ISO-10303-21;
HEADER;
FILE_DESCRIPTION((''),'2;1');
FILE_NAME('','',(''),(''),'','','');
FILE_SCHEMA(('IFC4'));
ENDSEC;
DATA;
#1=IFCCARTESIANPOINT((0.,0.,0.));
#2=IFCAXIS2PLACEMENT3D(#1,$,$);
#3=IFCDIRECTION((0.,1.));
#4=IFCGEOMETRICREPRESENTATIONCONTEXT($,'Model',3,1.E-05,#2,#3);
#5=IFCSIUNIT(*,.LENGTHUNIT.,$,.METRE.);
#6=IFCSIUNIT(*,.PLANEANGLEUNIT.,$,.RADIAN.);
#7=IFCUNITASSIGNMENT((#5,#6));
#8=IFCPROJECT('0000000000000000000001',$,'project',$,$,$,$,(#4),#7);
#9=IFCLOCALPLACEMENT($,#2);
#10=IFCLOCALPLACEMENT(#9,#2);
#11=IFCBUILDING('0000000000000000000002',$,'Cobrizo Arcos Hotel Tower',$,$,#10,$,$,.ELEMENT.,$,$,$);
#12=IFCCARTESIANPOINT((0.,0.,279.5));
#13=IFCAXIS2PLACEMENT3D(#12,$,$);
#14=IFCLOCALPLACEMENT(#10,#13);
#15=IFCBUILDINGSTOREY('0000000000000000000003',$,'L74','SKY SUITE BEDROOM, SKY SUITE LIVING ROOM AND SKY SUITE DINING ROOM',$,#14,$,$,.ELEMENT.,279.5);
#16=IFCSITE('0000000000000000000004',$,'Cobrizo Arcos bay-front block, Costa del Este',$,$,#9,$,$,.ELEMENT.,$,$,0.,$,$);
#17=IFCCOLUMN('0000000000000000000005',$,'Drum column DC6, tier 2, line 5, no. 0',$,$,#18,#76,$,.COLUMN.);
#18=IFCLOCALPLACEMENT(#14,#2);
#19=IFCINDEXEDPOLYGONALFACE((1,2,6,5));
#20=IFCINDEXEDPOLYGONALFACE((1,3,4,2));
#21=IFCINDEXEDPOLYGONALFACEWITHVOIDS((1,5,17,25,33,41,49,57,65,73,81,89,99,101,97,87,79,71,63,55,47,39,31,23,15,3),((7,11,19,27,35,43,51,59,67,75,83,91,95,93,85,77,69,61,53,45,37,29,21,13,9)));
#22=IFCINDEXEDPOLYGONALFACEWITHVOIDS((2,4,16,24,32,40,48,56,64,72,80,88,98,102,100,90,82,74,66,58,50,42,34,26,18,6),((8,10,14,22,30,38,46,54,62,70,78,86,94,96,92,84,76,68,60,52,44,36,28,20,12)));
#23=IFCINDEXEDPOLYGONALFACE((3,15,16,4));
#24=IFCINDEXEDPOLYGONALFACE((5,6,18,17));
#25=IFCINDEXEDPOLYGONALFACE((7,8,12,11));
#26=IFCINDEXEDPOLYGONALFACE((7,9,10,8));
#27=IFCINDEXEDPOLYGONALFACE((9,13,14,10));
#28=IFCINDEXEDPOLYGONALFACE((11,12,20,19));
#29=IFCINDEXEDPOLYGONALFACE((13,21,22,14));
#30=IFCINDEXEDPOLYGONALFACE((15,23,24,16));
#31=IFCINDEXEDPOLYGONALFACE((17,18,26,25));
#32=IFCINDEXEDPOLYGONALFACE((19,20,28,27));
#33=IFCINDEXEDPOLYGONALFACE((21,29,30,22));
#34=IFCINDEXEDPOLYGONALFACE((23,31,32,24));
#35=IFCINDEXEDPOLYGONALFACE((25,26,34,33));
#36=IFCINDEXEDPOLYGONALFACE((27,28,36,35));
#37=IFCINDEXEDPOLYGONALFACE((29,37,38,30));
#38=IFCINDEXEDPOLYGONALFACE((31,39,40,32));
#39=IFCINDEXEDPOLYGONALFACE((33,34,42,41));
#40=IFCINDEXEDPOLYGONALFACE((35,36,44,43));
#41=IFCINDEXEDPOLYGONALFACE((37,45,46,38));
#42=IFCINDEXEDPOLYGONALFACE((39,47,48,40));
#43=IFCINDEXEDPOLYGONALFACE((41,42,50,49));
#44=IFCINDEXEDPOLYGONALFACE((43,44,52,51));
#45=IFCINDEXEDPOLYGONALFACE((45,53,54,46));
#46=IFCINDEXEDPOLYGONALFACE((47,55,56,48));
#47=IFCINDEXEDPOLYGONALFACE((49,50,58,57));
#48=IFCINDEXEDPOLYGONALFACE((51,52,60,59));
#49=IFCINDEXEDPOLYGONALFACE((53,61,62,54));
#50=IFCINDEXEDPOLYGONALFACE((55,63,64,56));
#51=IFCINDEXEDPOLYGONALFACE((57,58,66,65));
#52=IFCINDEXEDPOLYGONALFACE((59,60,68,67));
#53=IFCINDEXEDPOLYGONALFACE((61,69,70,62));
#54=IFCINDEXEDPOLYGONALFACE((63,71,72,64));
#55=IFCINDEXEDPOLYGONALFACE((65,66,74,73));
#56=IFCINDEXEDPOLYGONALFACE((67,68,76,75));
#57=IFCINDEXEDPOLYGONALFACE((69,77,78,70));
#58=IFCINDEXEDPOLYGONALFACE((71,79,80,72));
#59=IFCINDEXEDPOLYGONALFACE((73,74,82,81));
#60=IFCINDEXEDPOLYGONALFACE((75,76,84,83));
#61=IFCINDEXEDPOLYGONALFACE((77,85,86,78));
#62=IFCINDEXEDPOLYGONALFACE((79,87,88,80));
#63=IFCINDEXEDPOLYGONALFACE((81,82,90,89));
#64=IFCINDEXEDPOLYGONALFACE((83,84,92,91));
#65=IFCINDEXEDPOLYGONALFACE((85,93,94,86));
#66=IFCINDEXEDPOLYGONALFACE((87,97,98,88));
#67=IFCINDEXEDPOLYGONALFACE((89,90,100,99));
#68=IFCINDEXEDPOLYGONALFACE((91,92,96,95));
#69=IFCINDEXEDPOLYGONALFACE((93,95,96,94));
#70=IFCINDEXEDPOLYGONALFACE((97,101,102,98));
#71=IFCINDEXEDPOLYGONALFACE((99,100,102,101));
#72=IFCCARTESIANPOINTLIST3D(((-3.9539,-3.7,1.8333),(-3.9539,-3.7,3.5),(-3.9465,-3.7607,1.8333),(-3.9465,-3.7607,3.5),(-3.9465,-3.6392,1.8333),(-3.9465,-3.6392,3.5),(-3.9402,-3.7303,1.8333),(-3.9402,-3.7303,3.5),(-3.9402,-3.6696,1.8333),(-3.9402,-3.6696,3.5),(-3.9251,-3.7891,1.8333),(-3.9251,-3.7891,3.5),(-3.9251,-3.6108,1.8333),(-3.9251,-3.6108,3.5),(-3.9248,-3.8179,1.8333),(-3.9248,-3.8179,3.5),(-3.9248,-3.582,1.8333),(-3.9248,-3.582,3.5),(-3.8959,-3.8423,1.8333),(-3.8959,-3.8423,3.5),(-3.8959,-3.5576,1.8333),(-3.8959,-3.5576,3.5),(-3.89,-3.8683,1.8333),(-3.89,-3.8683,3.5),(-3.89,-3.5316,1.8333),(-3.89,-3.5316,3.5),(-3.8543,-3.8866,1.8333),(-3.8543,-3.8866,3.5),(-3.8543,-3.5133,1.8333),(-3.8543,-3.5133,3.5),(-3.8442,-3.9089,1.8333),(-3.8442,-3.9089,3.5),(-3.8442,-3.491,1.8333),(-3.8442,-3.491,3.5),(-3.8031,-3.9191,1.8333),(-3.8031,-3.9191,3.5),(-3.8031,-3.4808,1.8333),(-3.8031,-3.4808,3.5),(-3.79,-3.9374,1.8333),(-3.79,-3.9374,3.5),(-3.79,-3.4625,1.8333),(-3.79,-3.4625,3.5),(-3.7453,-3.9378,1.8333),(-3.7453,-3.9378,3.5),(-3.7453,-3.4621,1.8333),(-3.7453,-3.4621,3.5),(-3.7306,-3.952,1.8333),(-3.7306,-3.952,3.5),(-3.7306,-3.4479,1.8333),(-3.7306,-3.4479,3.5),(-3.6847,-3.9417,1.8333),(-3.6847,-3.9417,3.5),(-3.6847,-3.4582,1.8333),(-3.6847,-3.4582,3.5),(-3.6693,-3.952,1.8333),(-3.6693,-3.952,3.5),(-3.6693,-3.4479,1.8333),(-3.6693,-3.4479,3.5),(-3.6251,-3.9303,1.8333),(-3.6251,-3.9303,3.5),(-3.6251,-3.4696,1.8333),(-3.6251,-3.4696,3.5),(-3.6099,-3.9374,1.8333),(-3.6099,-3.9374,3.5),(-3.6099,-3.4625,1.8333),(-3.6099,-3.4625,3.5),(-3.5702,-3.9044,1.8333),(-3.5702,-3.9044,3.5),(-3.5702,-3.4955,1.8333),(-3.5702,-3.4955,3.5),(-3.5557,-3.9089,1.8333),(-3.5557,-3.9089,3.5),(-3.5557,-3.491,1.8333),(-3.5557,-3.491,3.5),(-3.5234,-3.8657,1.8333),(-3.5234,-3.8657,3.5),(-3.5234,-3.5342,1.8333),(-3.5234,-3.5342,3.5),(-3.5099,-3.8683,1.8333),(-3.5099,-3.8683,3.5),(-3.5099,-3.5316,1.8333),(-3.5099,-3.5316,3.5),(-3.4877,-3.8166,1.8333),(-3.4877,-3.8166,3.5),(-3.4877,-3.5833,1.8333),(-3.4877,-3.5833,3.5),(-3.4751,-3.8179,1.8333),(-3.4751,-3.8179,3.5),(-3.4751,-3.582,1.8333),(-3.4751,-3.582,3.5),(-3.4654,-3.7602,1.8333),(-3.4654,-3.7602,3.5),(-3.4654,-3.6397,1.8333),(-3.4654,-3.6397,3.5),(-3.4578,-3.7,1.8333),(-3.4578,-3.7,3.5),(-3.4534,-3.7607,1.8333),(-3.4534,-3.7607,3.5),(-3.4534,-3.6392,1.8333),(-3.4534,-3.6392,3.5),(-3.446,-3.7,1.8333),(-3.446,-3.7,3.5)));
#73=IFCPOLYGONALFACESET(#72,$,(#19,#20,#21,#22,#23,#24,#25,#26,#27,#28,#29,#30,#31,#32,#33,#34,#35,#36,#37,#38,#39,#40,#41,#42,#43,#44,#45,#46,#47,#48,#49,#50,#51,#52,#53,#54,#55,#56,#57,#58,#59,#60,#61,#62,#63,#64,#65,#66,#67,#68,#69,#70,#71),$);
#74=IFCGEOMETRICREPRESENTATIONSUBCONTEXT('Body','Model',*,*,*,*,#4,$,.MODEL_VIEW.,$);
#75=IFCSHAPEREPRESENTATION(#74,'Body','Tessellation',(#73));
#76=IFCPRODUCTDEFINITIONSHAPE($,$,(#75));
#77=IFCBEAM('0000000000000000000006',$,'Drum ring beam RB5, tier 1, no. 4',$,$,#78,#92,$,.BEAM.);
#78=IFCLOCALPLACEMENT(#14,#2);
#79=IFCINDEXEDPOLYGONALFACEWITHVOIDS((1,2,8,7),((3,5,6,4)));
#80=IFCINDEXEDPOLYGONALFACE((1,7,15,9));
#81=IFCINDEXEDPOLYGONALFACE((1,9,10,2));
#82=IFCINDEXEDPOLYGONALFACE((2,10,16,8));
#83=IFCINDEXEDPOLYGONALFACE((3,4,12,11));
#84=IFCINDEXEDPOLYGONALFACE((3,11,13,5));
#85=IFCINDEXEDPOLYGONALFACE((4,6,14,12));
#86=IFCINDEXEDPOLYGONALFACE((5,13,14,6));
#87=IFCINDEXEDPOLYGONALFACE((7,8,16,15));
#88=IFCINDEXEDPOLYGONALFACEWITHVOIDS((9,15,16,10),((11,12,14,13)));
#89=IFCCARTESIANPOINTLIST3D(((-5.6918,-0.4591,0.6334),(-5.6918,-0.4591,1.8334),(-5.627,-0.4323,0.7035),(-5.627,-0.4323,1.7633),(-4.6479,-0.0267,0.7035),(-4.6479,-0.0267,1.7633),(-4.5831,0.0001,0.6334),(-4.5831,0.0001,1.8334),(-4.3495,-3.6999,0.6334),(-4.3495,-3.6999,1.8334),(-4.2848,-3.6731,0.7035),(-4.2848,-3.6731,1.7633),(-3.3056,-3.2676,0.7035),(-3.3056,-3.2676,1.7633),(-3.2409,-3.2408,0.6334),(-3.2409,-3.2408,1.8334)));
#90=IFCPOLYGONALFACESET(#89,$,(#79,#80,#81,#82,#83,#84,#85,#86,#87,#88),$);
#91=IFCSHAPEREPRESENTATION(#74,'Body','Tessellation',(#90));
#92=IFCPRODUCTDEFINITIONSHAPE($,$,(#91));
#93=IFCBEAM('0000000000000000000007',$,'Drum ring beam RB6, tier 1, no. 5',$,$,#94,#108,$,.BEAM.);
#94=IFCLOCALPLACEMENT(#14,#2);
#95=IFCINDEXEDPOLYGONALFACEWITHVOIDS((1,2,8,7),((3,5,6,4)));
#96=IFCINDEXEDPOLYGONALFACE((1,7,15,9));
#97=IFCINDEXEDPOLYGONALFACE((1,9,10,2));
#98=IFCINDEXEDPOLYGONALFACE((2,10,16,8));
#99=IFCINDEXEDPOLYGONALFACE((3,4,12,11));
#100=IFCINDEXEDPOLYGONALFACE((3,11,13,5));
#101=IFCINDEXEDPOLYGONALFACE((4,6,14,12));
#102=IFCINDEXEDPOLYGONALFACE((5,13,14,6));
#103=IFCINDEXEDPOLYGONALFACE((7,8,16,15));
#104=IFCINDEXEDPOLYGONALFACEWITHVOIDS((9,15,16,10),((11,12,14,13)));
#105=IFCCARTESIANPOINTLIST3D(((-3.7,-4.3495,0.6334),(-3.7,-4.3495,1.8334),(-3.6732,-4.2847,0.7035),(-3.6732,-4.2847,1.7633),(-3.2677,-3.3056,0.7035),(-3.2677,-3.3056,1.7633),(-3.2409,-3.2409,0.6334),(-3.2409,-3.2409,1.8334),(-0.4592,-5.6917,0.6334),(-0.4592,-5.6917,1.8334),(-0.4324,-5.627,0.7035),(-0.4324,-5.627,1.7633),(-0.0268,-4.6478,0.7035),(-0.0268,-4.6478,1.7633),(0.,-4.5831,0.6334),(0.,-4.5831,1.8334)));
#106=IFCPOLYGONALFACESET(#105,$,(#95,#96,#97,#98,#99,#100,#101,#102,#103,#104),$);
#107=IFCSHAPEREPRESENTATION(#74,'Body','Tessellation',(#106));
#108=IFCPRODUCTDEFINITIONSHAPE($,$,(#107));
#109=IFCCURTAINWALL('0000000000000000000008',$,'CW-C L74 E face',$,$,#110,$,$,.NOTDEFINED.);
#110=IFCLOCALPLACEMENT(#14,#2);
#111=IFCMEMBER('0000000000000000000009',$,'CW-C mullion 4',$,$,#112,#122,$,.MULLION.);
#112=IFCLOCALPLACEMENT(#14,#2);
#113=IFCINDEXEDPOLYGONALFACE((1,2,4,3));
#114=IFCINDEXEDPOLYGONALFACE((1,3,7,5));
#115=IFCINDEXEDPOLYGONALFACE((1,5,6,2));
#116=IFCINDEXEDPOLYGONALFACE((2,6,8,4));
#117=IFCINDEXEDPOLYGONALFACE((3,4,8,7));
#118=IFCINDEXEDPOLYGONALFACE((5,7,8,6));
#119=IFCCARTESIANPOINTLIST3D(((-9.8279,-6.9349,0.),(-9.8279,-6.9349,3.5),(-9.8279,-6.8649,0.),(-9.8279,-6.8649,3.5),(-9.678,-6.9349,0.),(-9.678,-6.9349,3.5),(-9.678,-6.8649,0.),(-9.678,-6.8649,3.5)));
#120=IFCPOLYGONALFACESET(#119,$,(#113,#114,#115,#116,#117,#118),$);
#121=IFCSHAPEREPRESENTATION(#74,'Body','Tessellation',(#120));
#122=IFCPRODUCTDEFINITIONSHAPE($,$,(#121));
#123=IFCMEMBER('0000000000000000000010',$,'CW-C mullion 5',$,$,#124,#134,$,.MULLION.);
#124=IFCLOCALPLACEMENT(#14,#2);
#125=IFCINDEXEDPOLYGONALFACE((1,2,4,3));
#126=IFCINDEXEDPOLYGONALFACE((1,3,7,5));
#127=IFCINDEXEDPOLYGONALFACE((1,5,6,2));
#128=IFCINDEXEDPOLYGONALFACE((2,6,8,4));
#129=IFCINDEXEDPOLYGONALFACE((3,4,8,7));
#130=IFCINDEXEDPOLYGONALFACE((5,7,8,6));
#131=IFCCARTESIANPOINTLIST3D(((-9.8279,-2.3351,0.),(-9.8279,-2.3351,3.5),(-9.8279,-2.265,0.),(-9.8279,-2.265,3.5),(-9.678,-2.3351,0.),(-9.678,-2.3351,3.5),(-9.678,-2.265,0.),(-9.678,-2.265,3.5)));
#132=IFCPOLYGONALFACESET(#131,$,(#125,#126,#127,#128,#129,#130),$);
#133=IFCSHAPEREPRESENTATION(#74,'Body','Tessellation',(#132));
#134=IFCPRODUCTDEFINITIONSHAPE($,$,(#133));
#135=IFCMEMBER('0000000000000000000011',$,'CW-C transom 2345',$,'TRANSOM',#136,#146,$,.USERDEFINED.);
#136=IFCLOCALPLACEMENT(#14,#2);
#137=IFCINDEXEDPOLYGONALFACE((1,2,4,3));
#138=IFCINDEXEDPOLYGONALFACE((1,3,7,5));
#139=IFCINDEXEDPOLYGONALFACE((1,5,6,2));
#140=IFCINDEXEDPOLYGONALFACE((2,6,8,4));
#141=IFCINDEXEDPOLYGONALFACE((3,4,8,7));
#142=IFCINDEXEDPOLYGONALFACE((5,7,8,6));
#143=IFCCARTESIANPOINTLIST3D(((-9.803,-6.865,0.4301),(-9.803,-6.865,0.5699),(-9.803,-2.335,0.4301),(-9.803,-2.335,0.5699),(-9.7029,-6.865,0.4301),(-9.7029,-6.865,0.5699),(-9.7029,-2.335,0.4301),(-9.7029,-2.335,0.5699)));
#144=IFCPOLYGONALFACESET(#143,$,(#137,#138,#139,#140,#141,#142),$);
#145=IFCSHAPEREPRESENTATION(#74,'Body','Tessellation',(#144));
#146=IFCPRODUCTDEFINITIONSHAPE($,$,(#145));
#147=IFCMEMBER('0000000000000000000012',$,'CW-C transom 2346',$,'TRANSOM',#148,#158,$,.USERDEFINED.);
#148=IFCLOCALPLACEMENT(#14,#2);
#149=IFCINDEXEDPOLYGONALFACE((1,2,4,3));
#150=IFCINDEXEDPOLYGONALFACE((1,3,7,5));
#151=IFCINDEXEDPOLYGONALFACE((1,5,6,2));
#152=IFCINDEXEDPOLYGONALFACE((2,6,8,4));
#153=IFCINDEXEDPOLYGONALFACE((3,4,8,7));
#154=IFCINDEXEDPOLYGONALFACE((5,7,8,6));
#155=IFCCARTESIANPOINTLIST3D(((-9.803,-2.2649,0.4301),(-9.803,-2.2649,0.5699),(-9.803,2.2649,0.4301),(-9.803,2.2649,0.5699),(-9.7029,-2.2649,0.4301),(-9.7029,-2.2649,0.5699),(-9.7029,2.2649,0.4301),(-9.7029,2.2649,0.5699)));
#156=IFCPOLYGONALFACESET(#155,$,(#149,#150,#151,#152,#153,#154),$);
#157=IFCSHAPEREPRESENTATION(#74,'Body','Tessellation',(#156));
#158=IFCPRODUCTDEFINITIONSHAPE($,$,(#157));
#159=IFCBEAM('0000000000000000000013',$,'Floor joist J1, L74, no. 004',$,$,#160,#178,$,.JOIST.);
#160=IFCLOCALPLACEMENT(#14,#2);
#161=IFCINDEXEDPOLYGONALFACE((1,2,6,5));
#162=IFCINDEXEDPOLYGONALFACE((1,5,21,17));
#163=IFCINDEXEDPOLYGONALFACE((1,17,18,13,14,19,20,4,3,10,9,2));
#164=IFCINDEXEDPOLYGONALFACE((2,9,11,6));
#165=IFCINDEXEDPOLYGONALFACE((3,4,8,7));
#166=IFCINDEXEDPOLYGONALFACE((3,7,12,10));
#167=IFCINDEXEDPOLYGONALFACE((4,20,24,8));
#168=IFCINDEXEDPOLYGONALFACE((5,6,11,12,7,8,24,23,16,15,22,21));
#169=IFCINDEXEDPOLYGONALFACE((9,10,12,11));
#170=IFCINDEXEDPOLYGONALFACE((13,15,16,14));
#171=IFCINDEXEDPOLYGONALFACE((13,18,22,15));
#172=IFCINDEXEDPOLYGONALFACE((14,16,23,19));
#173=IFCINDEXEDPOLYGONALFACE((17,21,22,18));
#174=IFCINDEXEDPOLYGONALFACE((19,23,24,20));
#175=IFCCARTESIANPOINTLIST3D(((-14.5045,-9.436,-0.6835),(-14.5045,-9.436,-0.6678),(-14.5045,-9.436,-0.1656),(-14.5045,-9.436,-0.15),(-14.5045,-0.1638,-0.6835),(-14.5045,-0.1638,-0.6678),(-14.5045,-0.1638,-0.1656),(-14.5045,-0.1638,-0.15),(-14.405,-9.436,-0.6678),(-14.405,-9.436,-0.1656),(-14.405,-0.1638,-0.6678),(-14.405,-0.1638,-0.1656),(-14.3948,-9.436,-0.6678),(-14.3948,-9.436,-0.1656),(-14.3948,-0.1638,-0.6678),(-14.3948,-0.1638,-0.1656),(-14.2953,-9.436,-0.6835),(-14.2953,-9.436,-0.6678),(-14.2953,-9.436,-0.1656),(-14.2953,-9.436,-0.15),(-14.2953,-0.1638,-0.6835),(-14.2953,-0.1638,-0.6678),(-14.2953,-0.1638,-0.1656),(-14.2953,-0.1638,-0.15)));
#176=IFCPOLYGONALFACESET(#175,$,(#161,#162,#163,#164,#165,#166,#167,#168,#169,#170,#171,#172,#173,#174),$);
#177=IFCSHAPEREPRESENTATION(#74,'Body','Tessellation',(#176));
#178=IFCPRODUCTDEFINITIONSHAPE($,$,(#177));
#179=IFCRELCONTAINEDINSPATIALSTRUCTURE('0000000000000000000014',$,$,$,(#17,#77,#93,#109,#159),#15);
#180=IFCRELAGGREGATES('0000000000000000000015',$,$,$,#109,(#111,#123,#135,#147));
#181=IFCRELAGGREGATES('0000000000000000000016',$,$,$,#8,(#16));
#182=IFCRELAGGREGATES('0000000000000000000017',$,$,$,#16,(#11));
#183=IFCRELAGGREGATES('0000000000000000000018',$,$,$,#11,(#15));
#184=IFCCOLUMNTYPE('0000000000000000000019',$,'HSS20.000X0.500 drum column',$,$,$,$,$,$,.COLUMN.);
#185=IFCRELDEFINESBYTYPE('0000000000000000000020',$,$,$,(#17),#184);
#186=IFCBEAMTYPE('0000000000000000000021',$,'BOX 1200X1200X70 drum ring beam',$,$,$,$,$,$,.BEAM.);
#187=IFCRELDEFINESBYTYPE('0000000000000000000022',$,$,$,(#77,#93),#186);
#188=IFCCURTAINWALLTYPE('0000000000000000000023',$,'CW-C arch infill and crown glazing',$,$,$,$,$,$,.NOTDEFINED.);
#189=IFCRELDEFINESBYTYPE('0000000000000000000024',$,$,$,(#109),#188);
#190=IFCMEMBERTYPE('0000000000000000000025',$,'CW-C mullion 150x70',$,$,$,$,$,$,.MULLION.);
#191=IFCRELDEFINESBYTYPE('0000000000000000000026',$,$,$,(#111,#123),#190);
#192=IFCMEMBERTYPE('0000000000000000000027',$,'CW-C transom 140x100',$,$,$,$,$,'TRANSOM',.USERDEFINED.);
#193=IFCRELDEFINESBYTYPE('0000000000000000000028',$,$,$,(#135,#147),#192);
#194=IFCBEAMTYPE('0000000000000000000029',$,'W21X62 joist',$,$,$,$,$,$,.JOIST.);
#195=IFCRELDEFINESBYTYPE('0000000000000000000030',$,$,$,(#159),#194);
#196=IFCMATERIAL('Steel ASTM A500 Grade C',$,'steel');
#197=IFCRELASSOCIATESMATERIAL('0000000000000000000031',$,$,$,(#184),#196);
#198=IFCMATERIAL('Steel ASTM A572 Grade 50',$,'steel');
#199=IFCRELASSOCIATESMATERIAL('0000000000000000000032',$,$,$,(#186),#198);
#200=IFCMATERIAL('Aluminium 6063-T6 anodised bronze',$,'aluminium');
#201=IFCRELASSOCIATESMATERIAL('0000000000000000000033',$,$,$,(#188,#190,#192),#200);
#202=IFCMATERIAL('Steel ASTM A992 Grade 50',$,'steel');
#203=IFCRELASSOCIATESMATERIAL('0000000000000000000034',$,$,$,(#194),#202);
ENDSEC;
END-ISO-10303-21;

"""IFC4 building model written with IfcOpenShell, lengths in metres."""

from ifc_helpers import new_model, si_unit, direction, frame, origin, origin_2d, place, context, subcontext, project, spatial, rectangle, hollow_rectangle, hollow_circle, i_section, extrude, material, material_profile, profile_set, type_object, element, aggregate, save


model = new_model("IFC4")

# Units and contexts
model_context = context("Model", 3, precision=1e-05, world=origin(), true_north=direction((0.0, 1.0)))
body_context = subcontext(model_context, "Body", "Model", "MODEL_VIEW")
ifc_project = project(units=[si_unit("LENGTHUNIT", "METRE"), si_unit("PLANEANGLEUNIT", "RADIAN")], contexts=[model_context])

# Site, building, storey
site_placement = place(None, origin())
site = spatial("IfcSite", under=ifc_project, at=site_placement, Name="Cobrizo Arcos bay-front block, Costa del Este", CompositionType="ELEMENT", RefElevation=0.0)
building_placement = place(site_placement, origin())
building = spatial("IfcBuilding", under=site, at=building_placement, Name="Cobrizo Arcos Hotel Tower", CompositionType="ELEMENT")
storey_placement = place(building_placement, frame((0.0, 0.0, 279.5)))
storey = spatial("IfcBuildingStorey", under=building, at=storey_placement, Name="L74", Description="SKY SUITE BEDROOM, SKY SUITE LIVING ROOM AND SKY SUITE DINING ROOM", CompositionType="ELEMENT", Elevation=279.5)

# Column
ifc_material_1 = material(Name="Steel ASTM A500 Grade C", Category="steel")
ifc_material_profile_1 = material_profile(ifc_material_1, hollow_circle(Radius=0.2539, WallThickness=0.0117, at=origin_2d()), Name="HSS20.000X0.500")
ifc_profile_set_1 = profile_set([ifc_material_profile_1], Name="Steel ASTM A500 Grade C")
column_type = type_object("IfcColumnType", Name="HSS20.000X0.500 drum column", PredefinedType="COLUMN", material=ifc_profile_set_1)
column_placement = place(storey_placement, frame((-3.7, -3.7, 1.8333), z_axis=(0.0, 0.0, 1.0), x_axis=(1.0, 0.0, 0.0)))
element("IfcColumn", 1, at=column_placement, inside=storey, type_object=column_type, Name="Drum column DC6, tier 2, line 5, no. 0", PredefinedType="COLUMN", context=body_context, shape_type="SweptSolid", body=[
    extrude(hollow_circle(Radius=0.2539, WallThickness=0.0117, at=origin_2d()), origin(), (0.0, 0.0, 1.0), 1.6667),
])

# Beams
ifc_material_2 = material(Name="Steel ASTM A572 Grade 50", Category="steel")
ifc_material_profile_2 = material_profile(ifc_material_2, hollow_rectangle(XDim=1.2, YDim=1.2, WallThickness=0.0701, at=origin_2d()), Name="BOX 1200X1200X70")
ifc_profile_set_2 = profile_set([ifc_material_profile_2], Name="Steel ASTM A572 Grade 50")
beam_type_1 = type_object("IfcBeamType", Name="BOX 1200X1200X70 drum ring beam", PredefinedType="BEAM", material=ifc_profile_set_2)
for number, where, z_axis, x_axis, name in (
    (2, (-5.1375, -0.2295, 1.2334), (0.382643, -0.923896, 0.0), (0.923896, 0.382643, 0.0), "Drum ring beam RB5, tier 1, no. 4"),
    (3, (-3.4705, -3.7952, 1.2334), (0.923896, -0.382643, 0.0), (0.382643, 0.923896, 0.0), "Drum ring beam RB6, tier 1, no. 5"),
):
    element("IfcBeam", number, at=place(storey_placement, frame(where, z_axis=z_axis, x_axis=x_axis)), inside=storey, type_object=beam_type_1, Name=name, PredefinedType="BEAM", context=body_context, shape_type="SweptSolid", body=[
        extrude(hollow_rectangle(XDim=1.2, YDim=1.2, WallThickness=0.0701, at=origin_2d()), origin(), (0.0, 0.0, 1.0), 3.5078),
    ])

# Curtain wall, members
ifc_material_3 = material(Name="Aluminium 6063-T6 anodised bronze", Category="aluminium")
curtain_wall_type = type_object("IfcCurtainWallType", Name="CW-C arch infill and crown glazing", PredefinedType="NOTDEFINED", material=ifc_material_3)
curtain_wall_placement = place(storey_placement, origin())
curtain_wall = element("IfcCurtainWall", 4, at=curtain_wall_placement, inside=storey, type_object=curtain_wall_type, Name="CW-C L74 E face", PredefinedType="NOTDEFINED")
ifc_material_profile_3 = material_profile(ifc_material_3, rectangle(XDim=0.1499, YDim=0.0701, at=origin_2d()), Name="CW-C mullion 150x70")
ifc_profile_set_3 = profile_set([ifc_material_profile_3], Name="Aluminium 6063-T6 anodised bronze")
member_type_1 = type_object("IfcMemberType", Name="CW-C mullion 150x70", PredefinedType="MULLION", material=ifc_profile_set_3)
member_1_placement = place(storey_placement, frame((-9.7529, -6.8999, 0.0), z_axis=(0.0, 0.0, 1.0), x_axis=(1.0, 0.0, 0.0)))
member_1 = element("IfcMember", 5, at=member_1_placement, type_object=member_type_1, Name="CW-C mullion 4", PredefinedType="MULLION", context=body_context, shape_type="SweptSolid", body=[
    extrude(rectangle(XDim=0.1499, YDim=0.0701, at=origin_2d()), origin(), (0.0, 0.0, 1.0), 3.5),
])
member_2_placement = place(storey_placement, frame((-9.7529, -2.3, 0.0), z_axis=(0.0, 0.0, 1.0), x_axis=(1.0, 0.0, 0.0)))
member_2 = element("IfcMember", 6, at=member_2_placement, type_object=member_type_1, Name="CW-C mullion 5", PredefinedType="MULLION", context=body_context, shape_type="SweptSolid", body=[
    extrude(rectangle(XDim=0.1499, YDim=0.0701, at=origin_2d()), origin(), (0.0, 0.0, 1.0), 3.5),
])
ifc_material_profile_4 = material_profile(ifc_material_3, rectangle(XDim=0.1001, YDim=0.1399, at=origin_2d()), Name="CW-C transom 140x100")
ifc_profile_set_4 = profile_set([ifc_material_profile_4], Name="Aluminium 6063-T6 anodised bronze")
member_type_2 = type_object("IfcMemberType", Name="CW-C transom 140x100", ElementType="TRANSOM", PredefinedType="USERDEFINED", material=ifc_profile_set_4)
member_3_placement = place(storey_placement, frame((-9.7529, -6.865, 0.5), z_axis=(0.0, 1.0, 0.0), x_axis=(-1.0, 0.0, 0.0)))
member_3 = element("IfcMember", 7, at=member_3_placement, type_object=member_type_2, Name="CW-C transom 2345", ObjectType="TRANSOM", PredefinedType="USERDEFINED", context=body_context, shape_type="SweptSolid", body=[
    extrude(rectangle(XDim=0.1001, YDim=0.1399, at=origin_2d()), origin(), (0.0, 0.0, 1.0), 4.53),
])
member_4_placement = place(storey_placement, frame((-9.7529, -2.2649, 0.5), z_axis=(0.0, 1.0, 0.0), x_axis=(-1.0, 0.0, 0.0)))
member_4 = element("IfcMember", 8, at=member_4_placement, type_object=member_type_2, Name="CW-C transom 2346", ObjectType="TRANSOM", PredefinedType="USERDEFINED", context=body_context, shape_type="SweptSolid", body=[
    extrude(rectangle(XDim=0.1001, YDim=0.1399, at=origin_2d()), origin(), (0.0, 0.0, 1.0), 4.5298),
])

# Beam
ifc_material_4 = material(Name="Steel ASTM A992 Grade 50", Category="steel")
ifc_material_profile_5 = material_profile(ifc_material_4, i_section(OverallWidth=0.2092, OverallDepth=0.5334, WebThickness=0.0103, FlangeThickness=0.0156, at=origin_2d()), Name="W21X62")
ifc_profile_set_5 = profile_set([ifc_material_profile_5], Name="Steel ASTM A992 Grade 50")
beam_type_2 = type_object("IfcBeamType", Name="W21X62 joist", PredefinedType="JOIST", material=ifc_profile_set_5)
beam_1_placement = place(storey_placement, frame((-14.3999, -9.436, -0.4167), z_axis=(0.0, 1.0, 0.0), x_axis=(-1.0, 0.0, 0.0)))
element("IfcBeam", 9, at=beam_1_placement, inside=storey, type_object=beam_type_2, Name="Floor joist J1, L74, no. 004", PredefinedType="JOIST", context=body_context, shape_type="SweptSolid", body=[
    extrude(i_section(OverallWidth=0.2092, OverallDepth=0.5334, WebThickness=0.0103, FlangeThickness=0.0156, at=origin_2d()), origin(), (0.0, 0.0, 1.0), 9.2722),
])

aggregate(curtain_wall, [member_1, member_2, member_3, member_4])

save(model, "model.ifc")
